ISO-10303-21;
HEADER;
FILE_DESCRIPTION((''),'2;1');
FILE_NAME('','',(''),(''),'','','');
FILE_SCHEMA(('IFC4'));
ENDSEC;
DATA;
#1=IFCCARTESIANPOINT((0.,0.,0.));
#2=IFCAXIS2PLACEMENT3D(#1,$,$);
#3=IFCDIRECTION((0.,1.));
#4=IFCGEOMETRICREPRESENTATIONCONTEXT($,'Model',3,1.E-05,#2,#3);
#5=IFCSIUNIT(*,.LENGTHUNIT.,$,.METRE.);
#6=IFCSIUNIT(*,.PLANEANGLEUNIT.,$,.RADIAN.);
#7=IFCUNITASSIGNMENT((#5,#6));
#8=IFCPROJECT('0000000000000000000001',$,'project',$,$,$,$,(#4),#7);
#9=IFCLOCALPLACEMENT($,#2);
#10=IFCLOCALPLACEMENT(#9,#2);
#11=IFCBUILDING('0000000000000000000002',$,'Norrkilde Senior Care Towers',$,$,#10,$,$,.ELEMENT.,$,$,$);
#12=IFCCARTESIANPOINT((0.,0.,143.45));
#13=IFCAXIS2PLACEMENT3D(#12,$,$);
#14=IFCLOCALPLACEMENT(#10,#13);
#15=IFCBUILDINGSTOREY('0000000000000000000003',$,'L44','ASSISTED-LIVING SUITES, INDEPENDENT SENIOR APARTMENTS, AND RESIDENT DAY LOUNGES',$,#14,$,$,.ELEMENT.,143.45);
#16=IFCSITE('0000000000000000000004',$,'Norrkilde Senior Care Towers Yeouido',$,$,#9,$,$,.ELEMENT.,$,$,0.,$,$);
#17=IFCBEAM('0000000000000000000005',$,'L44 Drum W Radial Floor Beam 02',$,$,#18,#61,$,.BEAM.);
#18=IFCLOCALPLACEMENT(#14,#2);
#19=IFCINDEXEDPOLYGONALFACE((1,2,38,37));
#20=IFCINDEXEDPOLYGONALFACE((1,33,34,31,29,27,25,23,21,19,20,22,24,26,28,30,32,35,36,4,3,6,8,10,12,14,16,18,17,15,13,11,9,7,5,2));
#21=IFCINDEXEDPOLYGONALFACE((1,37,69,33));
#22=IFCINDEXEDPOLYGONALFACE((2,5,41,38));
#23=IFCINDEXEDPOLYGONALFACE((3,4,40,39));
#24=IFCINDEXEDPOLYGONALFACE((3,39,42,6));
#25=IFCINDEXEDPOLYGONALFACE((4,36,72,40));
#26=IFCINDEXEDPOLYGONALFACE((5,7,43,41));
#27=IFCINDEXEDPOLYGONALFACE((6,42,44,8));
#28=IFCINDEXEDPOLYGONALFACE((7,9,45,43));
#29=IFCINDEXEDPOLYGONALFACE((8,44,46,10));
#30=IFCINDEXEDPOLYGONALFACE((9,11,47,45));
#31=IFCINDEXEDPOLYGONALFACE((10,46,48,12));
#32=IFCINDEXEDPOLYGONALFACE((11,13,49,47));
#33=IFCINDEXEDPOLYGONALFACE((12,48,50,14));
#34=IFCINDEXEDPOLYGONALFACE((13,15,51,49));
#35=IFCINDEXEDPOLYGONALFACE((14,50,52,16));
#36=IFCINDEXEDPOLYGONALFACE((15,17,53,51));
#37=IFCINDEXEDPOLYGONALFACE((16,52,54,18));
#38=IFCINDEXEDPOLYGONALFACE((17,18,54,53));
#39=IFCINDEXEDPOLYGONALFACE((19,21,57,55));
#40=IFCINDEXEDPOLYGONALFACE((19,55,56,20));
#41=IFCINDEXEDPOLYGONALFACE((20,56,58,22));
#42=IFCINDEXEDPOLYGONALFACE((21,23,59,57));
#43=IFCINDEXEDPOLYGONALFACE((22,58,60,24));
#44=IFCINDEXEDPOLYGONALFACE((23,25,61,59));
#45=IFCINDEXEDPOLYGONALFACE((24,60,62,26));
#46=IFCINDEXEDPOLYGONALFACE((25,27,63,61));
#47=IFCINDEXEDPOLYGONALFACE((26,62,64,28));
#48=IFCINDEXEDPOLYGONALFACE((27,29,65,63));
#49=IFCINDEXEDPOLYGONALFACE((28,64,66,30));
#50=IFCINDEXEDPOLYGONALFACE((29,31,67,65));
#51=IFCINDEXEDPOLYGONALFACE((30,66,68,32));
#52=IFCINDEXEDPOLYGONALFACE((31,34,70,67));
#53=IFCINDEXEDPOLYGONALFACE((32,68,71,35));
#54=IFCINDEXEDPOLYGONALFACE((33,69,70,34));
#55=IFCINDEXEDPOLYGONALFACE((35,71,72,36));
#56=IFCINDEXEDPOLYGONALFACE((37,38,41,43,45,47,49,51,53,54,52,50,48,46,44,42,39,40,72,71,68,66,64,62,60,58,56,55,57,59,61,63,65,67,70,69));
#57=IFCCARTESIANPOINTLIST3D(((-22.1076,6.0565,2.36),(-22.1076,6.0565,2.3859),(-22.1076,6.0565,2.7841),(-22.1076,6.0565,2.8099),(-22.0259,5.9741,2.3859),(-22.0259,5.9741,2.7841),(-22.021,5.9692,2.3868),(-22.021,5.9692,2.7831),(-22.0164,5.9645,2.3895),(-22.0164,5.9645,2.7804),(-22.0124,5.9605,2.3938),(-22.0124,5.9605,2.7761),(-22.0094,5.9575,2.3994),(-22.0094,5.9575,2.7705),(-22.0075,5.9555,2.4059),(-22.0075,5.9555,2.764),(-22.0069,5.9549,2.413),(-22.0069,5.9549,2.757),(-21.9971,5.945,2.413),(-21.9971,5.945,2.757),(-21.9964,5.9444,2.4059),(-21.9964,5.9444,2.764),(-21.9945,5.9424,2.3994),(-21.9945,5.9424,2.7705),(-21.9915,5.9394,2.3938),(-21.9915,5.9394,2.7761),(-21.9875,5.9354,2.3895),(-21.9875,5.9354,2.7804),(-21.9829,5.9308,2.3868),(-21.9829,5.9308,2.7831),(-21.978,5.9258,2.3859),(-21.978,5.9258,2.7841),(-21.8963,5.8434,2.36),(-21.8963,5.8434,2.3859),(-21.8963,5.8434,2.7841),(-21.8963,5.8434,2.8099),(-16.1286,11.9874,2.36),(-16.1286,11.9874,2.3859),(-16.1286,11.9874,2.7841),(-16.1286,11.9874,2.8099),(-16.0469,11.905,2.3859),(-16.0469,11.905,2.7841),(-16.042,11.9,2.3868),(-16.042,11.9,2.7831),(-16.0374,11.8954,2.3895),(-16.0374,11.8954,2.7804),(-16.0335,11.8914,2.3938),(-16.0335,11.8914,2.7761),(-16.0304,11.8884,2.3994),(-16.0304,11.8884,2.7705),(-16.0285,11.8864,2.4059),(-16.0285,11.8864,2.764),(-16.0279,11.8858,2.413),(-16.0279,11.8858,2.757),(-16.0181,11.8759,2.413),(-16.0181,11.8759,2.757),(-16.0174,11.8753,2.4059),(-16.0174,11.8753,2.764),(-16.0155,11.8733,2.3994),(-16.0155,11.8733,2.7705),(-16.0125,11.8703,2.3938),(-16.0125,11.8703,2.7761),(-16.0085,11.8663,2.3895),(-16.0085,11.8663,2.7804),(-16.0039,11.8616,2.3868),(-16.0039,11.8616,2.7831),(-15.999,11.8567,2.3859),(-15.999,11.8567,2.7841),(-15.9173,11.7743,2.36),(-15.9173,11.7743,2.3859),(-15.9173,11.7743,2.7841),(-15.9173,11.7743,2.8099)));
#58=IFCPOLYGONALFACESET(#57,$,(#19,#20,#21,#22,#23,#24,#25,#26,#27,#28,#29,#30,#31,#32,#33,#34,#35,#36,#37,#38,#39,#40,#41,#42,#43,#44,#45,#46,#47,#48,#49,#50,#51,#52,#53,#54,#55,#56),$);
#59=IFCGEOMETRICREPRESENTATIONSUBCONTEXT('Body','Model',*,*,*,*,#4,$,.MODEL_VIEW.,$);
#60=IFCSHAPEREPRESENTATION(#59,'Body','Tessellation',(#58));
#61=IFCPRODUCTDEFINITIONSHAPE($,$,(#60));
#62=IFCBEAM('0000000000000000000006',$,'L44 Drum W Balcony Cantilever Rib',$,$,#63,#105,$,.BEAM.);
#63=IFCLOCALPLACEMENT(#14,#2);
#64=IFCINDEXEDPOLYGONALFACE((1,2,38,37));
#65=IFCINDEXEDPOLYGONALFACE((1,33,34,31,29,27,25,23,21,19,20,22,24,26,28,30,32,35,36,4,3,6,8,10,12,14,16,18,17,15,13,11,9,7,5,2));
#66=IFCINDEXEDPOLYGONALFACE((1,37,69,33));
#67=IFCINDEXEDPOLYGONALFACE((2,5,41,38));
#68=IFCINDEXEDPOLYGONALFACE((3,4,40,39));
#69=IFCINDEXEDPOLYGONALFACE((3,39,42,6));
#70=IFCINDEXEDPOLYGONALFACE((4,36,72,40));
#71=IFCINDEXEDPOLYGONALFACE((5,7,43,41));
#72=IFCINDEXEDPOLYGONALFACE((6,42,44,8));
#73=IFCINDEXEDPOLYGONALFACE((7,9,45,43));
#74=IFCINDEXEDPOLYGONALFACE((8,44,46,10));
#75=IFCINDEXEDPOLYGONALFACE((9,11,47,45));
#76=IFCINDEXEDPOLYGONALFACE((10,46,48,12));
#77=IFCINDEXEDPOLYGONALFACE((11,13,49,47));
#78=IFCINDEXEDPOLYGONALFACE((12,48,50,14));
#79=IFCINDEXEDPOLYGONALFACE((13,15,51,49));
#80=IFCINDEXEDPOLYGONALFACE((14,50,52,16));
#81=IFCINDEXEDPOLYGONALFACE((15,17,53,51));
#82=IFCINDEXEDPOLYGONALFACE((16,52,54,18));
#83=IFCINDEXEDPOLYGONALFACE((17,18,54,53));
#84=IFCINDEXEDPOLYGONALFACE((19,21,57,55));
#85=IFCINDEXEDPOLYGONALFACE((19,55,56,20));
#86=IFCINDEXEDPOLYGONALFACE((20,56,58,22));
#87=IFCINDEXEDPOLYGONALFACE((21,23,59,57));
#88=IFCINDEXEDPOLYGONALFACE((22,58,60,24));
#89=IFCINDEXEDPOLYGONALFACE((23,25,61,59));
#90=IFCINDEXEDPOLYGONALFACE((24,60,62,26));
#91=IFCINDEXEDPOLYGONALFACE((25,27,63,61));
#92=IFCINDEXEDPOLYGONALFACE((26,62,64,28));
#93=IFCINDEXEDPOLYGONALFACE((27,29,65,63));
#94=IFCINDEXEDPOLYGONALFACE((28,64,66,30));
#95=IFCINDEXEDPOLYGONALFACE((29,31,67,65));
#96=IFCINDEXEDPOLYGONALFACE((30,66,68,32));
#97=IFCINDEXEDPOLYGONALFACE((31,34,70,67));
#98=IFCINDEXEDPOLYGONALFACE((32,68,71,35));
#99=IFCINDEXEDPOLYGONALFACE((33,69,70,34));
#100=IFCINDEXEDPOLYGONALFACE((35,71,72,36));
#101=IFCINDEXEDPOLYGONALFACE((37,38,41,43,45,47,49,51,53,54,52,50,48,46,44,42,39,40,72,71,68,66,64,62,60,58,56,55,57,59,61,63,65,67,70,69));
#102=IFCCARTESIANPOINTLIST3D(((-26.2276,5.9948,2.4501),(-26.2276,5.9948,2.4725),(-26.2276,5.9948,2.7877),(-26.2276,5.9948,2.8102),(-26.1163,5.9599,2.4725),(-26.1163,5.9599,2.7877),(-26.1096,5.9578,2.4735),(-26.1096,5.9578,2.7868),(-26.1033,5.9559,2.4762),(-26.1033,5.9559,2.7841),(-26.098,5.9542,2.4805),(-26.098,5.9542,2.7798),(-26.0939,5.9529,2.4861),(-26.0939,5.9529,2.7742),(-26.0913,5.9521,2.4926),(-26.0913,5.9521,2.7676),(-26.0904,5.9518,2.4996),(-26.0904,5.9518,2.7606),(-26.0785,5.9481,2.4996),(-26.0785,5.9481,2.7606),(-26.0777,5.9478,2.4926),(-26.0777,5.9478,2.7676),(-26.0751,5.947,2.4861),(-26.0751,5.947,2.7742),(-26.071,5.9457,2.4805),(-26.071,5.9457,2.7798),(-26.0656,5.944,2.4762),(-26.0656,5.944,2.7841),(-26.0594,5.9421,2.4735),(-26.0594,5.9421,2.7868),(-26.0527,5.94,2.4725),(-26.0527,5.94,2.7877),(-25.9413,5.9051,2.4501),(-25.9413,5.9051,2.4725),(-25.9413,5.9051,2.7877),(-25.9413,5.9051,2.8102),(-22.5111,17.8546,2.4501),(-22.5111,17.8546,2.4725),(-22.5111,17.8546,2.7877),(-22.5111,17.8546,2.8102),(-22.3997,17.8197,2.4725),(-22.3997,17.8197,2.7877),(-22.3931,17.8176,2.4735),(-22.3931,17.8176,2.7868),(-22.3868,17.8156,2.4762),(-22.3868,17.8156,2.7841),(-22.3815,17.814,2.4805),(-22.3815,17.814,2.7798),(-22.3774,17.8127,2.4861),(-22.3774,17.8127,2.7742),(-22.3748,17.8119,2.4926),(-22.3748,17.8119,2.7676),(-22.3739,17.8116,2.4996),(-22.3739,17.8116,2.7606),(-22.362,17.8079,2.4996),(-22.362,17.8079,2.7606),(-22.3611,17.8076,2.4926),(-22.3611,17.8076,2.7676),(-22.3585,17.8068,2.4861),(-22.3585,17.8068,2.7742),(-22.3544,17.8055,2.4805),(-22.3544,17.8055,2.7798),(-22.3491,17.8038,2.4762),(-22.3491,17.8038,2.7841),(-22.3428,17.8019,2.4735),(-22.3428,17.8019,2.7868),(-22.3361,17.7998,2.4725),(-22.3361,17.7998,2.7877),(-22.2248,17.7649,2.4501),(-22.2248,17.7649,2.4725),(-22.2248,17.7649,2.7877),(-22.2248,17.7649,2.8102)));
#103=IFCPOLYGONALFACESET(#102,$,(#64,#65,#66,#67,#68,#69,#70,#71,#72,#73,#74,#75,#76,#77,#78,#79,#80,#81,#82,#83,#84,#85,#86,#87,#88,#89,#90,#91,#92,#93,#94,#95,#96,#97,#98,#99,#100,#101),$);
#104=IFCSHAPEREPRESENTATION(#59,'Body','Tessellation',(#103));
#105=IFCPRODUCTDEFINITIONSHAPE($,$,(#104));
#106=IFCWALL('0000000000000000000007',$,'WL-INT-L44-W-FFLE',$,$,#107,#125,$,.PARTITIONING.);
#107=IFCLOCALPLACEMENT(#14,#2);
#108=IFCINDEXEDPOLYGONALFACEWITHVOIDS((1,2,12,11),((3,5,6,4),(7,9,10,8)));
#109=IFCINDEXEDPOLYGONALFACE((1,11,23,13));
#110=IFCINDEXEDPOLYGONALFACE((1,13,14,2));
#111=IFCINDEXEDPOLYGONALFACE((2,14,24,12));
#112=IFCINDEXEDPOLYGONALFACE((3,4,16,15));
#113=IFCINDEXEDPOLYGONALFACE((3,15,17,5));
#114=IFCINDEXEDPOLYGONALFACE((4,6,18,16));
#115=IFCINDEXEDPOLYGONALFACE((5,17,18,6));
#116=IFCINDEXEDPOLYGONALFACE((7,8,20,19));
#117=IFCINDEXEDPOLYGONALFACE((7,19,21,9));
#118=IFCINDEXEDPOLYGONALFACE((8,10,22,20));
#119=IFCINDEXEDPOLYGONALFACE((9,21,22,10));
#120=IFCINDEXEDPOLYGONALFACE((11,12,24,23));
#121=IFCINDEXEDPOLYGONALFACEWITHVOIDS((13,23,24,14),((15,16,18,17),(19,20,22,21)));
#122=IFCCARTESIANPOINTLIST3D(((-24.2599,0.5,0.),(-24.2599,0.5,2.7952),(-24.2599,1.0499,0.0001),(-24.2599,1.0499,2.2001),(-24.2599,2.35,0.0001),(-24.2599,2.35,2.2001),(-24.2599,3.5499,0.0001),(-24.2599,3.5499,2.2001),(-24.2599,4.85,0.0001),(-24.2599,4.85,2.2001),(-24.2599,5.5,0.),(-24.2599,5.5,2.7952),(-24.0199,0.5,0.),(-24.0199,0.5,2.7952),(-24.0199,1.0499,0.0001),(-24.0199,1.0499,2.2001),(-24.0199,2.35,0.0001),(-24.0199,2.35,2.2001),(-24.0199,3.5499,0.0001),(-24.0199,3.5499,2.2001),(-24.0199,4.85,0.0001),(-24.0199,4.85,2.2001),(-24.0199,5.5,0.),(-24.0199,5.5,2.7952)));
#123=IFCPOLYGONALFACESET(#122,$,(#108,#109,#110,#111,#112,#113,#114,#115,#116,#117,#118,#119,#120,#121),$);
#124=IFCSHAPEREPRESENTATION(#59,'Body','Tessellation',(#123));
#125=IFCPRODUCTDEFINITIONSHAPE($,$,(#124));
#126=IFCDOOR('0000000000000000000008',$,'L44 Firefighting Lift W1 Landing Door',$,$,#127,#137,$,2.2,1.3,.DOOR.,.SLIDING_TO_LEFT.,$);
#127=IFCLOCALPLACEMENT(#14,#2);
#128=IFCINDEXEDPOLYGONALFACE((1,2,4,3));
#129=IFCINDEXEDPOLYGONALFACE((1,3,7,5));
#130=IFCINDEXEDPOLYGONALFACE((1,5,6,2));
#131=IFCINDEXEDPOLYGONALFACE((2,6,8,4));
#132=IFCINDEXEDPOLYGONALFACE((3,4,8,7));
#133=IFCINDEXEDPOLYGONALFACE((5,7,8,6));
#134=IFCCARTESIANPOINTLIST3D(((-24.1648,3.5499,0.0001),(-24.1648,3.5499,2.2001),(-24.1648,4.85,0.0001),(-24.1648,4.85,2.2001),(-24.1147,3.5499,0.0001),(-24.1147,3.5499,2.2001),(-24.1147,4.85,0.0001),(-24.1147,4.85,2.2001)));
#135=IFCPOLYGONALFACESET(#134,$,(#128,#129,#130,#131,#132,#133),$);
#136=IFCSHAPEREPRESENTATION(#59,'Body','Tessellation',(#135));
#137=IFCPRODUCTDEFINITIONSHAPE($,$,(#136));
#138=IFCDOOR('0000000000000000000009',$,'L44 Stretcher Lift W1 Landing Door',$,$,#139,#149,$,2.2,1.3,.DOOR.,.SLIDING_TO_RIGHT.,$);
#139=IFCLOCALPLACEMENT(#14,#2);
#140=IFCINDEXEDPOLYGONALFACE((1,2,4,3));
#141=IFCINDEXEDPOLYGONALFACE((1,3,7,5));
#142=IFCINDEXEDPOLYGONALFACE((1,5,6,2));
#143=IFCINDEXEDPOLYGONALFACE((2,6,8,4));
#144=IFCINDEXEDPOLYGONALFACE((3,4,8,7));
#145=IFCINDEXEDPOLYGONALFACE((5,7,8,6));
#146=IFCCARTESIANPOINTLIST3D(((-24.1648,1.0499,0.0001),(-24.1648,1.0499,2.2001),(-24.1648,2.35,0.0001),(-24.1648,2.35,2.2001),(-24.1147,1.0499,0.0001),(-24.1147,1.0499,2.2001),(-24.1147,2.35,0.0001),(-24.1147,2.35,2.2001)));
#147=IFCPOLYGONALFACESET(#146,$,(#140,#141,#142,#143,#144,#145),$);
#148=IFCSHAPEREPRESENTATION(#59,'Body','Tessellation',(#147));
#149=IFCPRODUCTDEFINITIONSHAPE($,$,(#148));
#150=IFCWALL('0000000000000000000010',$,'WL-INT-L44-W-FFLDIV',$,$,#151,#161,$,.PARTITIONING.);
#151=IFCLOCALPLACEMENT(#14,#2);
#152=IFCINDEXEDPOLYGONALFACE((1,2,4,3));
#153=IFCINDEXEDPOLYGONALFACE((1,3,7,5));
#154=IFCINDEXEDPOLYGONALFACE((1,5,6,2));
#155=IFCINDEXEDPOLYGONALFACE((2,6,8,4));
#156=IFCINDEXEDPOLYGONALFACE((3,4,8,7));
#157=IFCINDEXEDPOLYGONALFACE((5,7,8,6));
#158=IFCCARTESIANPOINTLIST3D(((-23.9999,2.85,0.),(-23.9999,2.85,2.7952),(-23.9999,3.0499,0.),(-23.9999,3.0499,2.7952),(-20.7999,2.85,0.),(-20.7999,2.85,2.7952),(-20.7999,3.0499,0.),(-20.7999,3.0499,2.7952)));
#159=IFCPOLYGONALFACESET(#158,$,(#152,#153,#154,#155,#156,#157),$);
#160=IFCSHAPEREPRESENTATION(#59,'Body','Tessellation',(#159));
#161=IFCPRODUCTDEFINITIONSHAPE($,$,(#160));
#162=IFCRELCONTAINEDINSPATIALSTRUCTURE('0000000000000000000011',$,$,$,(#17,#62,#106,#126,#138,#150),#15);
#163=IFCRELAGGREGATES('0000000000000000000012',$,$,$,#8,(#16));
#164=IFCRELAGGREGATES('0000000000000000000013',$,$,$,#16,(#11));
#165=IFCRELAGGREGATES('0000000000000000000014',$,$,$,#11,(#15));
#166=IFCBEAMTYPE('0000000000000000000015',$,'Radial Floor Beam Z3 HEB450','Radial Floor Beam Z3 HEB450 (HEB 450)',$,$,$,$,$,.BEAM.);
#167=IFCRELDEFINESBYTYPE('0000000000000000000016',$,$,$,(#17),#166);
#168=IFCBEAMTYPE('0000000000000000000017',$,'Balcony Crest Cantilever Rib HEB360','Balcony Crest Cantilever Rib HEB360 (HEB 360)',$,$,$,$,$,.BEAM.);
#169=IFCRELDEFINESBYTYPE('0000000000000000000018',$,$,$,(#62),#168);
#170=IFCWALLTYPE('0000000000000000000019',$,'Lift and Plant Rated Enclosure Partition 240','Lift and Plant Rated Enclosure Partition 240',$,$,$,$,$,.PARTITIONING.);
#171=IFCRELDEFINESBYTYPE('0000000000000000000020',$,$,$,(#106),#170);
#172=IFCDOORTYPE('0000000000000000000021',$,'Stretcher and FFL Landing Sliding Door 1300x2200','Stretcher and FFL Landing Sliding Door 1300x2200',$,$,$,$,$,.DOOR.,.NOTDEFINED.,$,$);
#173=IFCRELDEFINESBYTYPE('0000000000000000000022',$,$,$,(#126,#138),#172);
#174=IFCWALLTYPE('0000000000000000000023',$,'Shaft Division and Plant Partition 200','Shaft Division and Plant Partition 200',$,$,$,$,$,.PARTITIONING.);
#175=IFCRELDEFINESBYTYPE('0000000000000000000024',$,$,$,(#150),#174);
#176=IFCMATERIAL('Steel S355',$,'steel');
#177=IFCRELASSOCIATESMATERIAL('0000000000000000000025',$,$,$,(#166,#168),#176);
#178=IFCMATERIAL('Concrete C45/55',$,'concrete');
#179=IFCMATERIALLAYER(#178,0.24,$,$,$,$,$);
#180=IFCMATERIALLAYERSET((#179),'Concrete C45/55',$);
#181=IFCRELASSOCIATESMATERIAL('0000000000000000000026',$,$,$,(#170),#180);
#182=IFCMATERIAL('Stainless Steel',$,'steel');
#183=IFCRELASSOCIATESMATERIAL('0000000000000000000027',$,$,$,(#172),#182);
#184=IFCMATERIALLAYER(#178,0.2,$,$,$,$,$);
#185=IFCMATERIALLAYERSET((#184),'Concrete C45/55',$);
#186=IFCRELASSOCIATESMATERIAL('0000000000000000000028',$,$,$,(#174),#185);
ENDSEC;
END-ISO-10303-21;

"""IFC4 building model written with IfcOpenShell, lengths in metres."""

from ifc_helpers import new_model, si_unit, direction, frame, frame_2d, origin, origin_2d, place, context, subcontext, project, spatial, rectangle, i_section, extrude, source, transform, mapped, material, layer, layer_set, material_profile, profile_set, type_object, type_shapes, element, fill, save


model = new_model("IFC4")

# Units and contexts
model_context = context("Model", 3, precision=1e-05, world=origin(), true_north=direction((0.0, 1.0)))
body_context = subcontext(model_context, "Body", "Model", "MODEL_VIEW")
ifc_project = project(units=[si_unit("LENGTHUNIT", "METRE"), si_unit("PLANEANGLEUNIT", "RADIAN")], contexts=[model_context])

# Site, building, storey
site_placement = place(None, origin())
site = spatial("IfcSite", under=ifc_project, at=site_placement, Name="Norrkilde Senior Care Towers Yeouido", CompositionType="ELEMENT", RefElevation=0.0)
building_placement = place(site_placement, origin())
building = spatial("IfcBuilding", under=site, at=building_placement, Name="Norrkilde Senior Care Towers", CompositionType="ELEMENT")
storey_placement = place(building_placement, frame((0.0, 0.0, 143.45)))
storey = spatial("IfcBuildingStorey", under=building, at=storey_placement, Name="L44", Description="ASSISTED-LIVING SUITES, INDEPENDENT SENIOR APARTMENTS, AND RESIDENT DAY LOUNGES", CompositionType="ELEMENT", Elevation=143.45)

# Beams
ifc_material_1 = material(Name="Steel S355", Category="steel")
ifc_material_profile_1 = material_profile(ifc_material_1, i_section(OverallWidth=0.3, OverallDepth=0.45, WebThickness=0.0139, FlangeThickness=0.0259, FilletRadius=0.0271, at=origin_2d()), Name="HEB 450")
ifc_profile_set_1 = profile_set([ifc_material_profile_1], Name="Steel S355")
beam_type_1 = type_object("IfcBeamType", Name="Radial Floor Beam Z3 HEB450", Description="Radial Floor Beam Z3 HEB450 (HEB 450)", PredefinedType="BEAM", material=ifc_profile_set_1)
shared_shape_1 = source(origin(), body_context, "Body", "SweptSolid", [
    extrude(i_section(OverallWidth=0.3, OverallDepth=0.45, WebThickness=0.0139, FlangeThickness=0.0259, FilletRadius=0.0271, at=origin_2d()), origin(), (0.0, 0.0, 1.0), 8.4216),
])
type_shapes(beam_type_1, [shared_shape_1])
beam_1_placement = place(storey_placement, frame((-22.002, 5.95, 2.585), z_axis=(0.709956, 0.704246, 0.0), x_axis=(-0.704246, 0.709956, 0.0)))
element("IfcBeam", 1, at=beam_1_placement, inside=storey, type_object=beam_type_1, Name="L44 Drum W Radial Floor Beam 02", PredefinedType="BEAM", context=body_context, shape_type="MappedRepresentation", body=[
    mapped(shared_shape_1, transform((0.0, 0.0, 0.0), x_axis=(1.0, 0.0, 0.0), y_axis=(0.0, 1.0, 0.0), z_axis=(0.0, 0.0, 1.0), scale=1.0)),
])
ifc_material_profile_2 = material_profile(ifc_material_1, i_section(OverallWidth=0.3, OverallDepth=0.3601, WebThickness=0.0125, FlangeThickness=0.0225, FilletRadius=0.0271, at=origin_2d()), Name="HEB 360")
ifc_profile_set_2 = profile_set([ifc_material_profile_2], Name="Steel S355")
beam_type_2 = type_object("IfcBeamType", Name="Balcony Crest Cantilever Rib HEB360", Description="Balcony Crest Cantilever Rib HEB360 (HEB 360)", PredefinedType="BEAM", material=ifc_profile_set_2)
shared_shape_2 = source(origin(), body_context, "Body", "SweptSolid", [
    extrude(i_section(OverallWidth=0.3, OverallDepth=0.3601, WebThickness=0.0125, FlangeThickness=0.0225, FilletRadius=0.0271, at=origin_2d()), origin(), (0.0, 0.0, 1.0), 12.4285),
])
type_shapes(beam_type_2, [shared_shape_2])
beam_2_placement = place(storey_placement, frame((-26.0845, 5.95, 2.6301), z_axis=(0.299033, 0.954243, 0.0), x_axis=(-0.954243, 0.299033, 0.0)))
element("IfcBeam", 2, at=beam_2_placement, inside=storey, type_object=beam_type_2, Name="L44 Drum W Balcony Cantilever Rib", PredefinedType="BEAM", context=body_context, shape_type="MappedRepresentation", body=[
    mapped(shared_shape_2, transform((0.0, 0.0, 0.0), x_axis=(1.0, 0.0, 0.0), y_axis=(0.0, 1.0, 0.0), z_axis=(0.0, 0.0, 1.0), scale=1.0)),
])

# Shared definitions
ifc_material_2 = material(Name="Concrete C45/55", Category="concrete")

# Wall, openings, doors
ifc_layer_1 = layer(ifc_material_2, 0.24)
ifc_layer_set_1 = layer_set([ifc_layer_1], Name="Concrete C45/55")
wall_type_1 = type_object("IfcWallType", Name="Lift and Plant Rated Enclosure Partition 240", Description="Lift and Plant Rated Enclosure Partition 240", PredefinedType="PARTITIONING", material=ifc_layer_set_1)
shared_shape_3 = source(origin(), body_context, "Body", "SweptSolid", [
    extrude(rectangle(XDim=5.0, YDim=0.24, at=frame_2d((2.5, 0.0))), origin(), (0.0, 0.0, 1.0), 2.7952),
])
type_shapes(wall_type_1, [shared_shape_3])
wall_1_placement = place(storey_placement, frame((-24.1399, 0.5, 0.0), z_axis=(0.0, 0.0, 1.0), x_axis=(0.0, 1.0, 0.0)))
wall_1 = element("IfcWall", 3, at=wall_1_placement, inside=storey, type_object=wall_type_1, Name="WL-INT-L44-W-FFLE", PredefinedType="PARTITIONING", context=body_context, shape_type="MappedRepresentation", body=[
    mapped(shared_shape_3, transform((0.0, 0.0, 0.0), x_axis=(1.0, 0.0, 0.0), y_axis=(0.0, 1.0, 0.0), z_axis=(0.0, 0.0, 1.0), scale=1.0)),
])
opening_1_placement = place(wall_1_placement, frame((3.05, 0.0, 0.0)))
opening_1 = element("IfcOpeningElement", 4, at=opening_1_placement, cuts=wall_1, PredefinedType="OPENING", context=body_context, shape_type="SweptSolid", body=[
    extrude(rectangle(XDim=1.3, YDim=2.2, at=frame_2d((0.6499, 1.1001))), frame((0.0, 0.1299, 0.0), z_axis=(0.0, -1.0, 0.0), x_axis=(1.0, 0.0, 0.0)), (0.0, 0.0, 1.0), 0.26),
])
opening_2_placement = place(wall_1_placement, frame((0.55, 0.0, 0.0)))
opening_2 = element("IfcOpeningElement", 5, at=opening_2_placement, cuts=wall_1, PredefinedType="OPENING", context=body_context, shape_type="SweptSolid", body=[
    extrude(rectangle(XDim=1.3, YDim=2.2, at=frame_2d((0.6499, 1.1001))), frame((0.0, 0.1299, 0.0), z_axis=(0.0, -1.0, 0.0), x_axis=(1.0, 0.0, 0.0)), (0.0, 0.0, 1.0), 0.26),
])
ifc_material_3 = material(Name="Stainless Steel", Category="steel")
door_type_1 = type_object("IfcDoorType", Name="Stretcher and FFL Landing Sliding Door 1300x2200", Description="Stretcher and FFL Landing Sliding Door 1300x2200", OperationType="NOTDEFINED", PredefinedType="DOOR", material=ifc_material_3)
shared_shape_4 = source(origin(), body_context, "Body", "SweptSolid", [
    extrude(rectangle(XDim=1.3, YDim=2.2, at=frame_2d((0.6499, 1.1001))), frame((0.0, 0.0249, 0.0), z_axis=(0.0, -1.0, 0.0), x_axis=(1.0, 0.0, 0.0)), (0.0, 0.0, 1.0), 0.05),
])
type_shapes(door_type_1, [shared_shape_4])
door_1_placement = place(opening_1_placement, origin())
door_1 = element("IfcDoor", 6, at=door_1_placement, inside=storey, type_object=door_type_1, Name="L44 Firefighting Lift W1 Landing Door", OperationType="SLIDING_TO_LEFT", OverallHeight=2.2, OverallWidth=1.3, PredefinedType="DOOR", context=body_context, shape_type="MappedRepresentation", body=[
    mapped(shared_shape_4, transform((0.0, 0.0, 0.0), x_axis=(1.0, 0.0, 0.0), y_axis=(0.0, 1.0, 0.0), z_axis=(0.0, 0.0, 1.0), scale=1.0)),
])
fill(opening_1, door_1)
door_2_placement = place(opening_2_placement, origin())
door_2 = element("IfcDoor", 7, at=door_2_placement, inside=storey, type_object=door_type_1, Name="L44 Stretcher Lift W1 Landing Door", OperationType="SLIDING_TO_RIGHT", OverallHeight=2.2, OverallWidth=1.3, PredefinedType="DOOR", context=body_context, shape_type="MappedRepresentation", body=[
    mapped(shared_shape_4, transform((0.0, 0.0, 0.0), x_axis=(1.0, 0.0, 0.0), y_axis=(0.0, 1.0, 0.0), z_axis=(0.0, 0.0, 1.0), scale=1.0)),
])
fill(opening_2, door_2)

# Wall
ifc_layer_2 = layer(ifc_material_2, 0.2)
ifc_layer_set_2 = layer_set([ifc_layer_2], Name="Concrete C45/55")
wall_type_2 = type_object("IfcWallType", Name="Shaft Division and Plant Partition 200", Description="Shaft Division and Plant Partition 200", PredefinedType="PARTITIONING", material=ifc_layer_set_2)
shared_shape_5 = source(origin(), body_context, "Body", "SweptSolid", [
    extrude(rectangle(XDim=3.2, YDim=0.2, at=frame_2d((1.6001, 0.0))), origin(), (0.0, 0.0, 1.0), 2.7952),
])
type_shapes(wall_type_2, [shared_shape_5])
wall_2_placement = place(storey_placement, frame((-24.0, 2.95, 0.0), z_axis=(0.0, 0.0, 1.0), x_axis=(1.0, 0.0, 0.0)))
element("IfcWall", 8, at=wall_2_placement, inside=storey, type_object=wall_type_2, Name="WL-INT-L44-W-FFLDIV", PredefinedType="PARTITIONING", context=body_context, shape_type="MappedRepresentation", body=[
    mapped(shared_shape_5, transform((0.0, 0.0, 0.0), x_axis=(1.0, 0.0, 0.0), y_axis=(0.0, 1.0, 0.0), z_axis=(0.0, 0.0, 1.0), scale=1.0)),
])

save(model, "model.ifc")
